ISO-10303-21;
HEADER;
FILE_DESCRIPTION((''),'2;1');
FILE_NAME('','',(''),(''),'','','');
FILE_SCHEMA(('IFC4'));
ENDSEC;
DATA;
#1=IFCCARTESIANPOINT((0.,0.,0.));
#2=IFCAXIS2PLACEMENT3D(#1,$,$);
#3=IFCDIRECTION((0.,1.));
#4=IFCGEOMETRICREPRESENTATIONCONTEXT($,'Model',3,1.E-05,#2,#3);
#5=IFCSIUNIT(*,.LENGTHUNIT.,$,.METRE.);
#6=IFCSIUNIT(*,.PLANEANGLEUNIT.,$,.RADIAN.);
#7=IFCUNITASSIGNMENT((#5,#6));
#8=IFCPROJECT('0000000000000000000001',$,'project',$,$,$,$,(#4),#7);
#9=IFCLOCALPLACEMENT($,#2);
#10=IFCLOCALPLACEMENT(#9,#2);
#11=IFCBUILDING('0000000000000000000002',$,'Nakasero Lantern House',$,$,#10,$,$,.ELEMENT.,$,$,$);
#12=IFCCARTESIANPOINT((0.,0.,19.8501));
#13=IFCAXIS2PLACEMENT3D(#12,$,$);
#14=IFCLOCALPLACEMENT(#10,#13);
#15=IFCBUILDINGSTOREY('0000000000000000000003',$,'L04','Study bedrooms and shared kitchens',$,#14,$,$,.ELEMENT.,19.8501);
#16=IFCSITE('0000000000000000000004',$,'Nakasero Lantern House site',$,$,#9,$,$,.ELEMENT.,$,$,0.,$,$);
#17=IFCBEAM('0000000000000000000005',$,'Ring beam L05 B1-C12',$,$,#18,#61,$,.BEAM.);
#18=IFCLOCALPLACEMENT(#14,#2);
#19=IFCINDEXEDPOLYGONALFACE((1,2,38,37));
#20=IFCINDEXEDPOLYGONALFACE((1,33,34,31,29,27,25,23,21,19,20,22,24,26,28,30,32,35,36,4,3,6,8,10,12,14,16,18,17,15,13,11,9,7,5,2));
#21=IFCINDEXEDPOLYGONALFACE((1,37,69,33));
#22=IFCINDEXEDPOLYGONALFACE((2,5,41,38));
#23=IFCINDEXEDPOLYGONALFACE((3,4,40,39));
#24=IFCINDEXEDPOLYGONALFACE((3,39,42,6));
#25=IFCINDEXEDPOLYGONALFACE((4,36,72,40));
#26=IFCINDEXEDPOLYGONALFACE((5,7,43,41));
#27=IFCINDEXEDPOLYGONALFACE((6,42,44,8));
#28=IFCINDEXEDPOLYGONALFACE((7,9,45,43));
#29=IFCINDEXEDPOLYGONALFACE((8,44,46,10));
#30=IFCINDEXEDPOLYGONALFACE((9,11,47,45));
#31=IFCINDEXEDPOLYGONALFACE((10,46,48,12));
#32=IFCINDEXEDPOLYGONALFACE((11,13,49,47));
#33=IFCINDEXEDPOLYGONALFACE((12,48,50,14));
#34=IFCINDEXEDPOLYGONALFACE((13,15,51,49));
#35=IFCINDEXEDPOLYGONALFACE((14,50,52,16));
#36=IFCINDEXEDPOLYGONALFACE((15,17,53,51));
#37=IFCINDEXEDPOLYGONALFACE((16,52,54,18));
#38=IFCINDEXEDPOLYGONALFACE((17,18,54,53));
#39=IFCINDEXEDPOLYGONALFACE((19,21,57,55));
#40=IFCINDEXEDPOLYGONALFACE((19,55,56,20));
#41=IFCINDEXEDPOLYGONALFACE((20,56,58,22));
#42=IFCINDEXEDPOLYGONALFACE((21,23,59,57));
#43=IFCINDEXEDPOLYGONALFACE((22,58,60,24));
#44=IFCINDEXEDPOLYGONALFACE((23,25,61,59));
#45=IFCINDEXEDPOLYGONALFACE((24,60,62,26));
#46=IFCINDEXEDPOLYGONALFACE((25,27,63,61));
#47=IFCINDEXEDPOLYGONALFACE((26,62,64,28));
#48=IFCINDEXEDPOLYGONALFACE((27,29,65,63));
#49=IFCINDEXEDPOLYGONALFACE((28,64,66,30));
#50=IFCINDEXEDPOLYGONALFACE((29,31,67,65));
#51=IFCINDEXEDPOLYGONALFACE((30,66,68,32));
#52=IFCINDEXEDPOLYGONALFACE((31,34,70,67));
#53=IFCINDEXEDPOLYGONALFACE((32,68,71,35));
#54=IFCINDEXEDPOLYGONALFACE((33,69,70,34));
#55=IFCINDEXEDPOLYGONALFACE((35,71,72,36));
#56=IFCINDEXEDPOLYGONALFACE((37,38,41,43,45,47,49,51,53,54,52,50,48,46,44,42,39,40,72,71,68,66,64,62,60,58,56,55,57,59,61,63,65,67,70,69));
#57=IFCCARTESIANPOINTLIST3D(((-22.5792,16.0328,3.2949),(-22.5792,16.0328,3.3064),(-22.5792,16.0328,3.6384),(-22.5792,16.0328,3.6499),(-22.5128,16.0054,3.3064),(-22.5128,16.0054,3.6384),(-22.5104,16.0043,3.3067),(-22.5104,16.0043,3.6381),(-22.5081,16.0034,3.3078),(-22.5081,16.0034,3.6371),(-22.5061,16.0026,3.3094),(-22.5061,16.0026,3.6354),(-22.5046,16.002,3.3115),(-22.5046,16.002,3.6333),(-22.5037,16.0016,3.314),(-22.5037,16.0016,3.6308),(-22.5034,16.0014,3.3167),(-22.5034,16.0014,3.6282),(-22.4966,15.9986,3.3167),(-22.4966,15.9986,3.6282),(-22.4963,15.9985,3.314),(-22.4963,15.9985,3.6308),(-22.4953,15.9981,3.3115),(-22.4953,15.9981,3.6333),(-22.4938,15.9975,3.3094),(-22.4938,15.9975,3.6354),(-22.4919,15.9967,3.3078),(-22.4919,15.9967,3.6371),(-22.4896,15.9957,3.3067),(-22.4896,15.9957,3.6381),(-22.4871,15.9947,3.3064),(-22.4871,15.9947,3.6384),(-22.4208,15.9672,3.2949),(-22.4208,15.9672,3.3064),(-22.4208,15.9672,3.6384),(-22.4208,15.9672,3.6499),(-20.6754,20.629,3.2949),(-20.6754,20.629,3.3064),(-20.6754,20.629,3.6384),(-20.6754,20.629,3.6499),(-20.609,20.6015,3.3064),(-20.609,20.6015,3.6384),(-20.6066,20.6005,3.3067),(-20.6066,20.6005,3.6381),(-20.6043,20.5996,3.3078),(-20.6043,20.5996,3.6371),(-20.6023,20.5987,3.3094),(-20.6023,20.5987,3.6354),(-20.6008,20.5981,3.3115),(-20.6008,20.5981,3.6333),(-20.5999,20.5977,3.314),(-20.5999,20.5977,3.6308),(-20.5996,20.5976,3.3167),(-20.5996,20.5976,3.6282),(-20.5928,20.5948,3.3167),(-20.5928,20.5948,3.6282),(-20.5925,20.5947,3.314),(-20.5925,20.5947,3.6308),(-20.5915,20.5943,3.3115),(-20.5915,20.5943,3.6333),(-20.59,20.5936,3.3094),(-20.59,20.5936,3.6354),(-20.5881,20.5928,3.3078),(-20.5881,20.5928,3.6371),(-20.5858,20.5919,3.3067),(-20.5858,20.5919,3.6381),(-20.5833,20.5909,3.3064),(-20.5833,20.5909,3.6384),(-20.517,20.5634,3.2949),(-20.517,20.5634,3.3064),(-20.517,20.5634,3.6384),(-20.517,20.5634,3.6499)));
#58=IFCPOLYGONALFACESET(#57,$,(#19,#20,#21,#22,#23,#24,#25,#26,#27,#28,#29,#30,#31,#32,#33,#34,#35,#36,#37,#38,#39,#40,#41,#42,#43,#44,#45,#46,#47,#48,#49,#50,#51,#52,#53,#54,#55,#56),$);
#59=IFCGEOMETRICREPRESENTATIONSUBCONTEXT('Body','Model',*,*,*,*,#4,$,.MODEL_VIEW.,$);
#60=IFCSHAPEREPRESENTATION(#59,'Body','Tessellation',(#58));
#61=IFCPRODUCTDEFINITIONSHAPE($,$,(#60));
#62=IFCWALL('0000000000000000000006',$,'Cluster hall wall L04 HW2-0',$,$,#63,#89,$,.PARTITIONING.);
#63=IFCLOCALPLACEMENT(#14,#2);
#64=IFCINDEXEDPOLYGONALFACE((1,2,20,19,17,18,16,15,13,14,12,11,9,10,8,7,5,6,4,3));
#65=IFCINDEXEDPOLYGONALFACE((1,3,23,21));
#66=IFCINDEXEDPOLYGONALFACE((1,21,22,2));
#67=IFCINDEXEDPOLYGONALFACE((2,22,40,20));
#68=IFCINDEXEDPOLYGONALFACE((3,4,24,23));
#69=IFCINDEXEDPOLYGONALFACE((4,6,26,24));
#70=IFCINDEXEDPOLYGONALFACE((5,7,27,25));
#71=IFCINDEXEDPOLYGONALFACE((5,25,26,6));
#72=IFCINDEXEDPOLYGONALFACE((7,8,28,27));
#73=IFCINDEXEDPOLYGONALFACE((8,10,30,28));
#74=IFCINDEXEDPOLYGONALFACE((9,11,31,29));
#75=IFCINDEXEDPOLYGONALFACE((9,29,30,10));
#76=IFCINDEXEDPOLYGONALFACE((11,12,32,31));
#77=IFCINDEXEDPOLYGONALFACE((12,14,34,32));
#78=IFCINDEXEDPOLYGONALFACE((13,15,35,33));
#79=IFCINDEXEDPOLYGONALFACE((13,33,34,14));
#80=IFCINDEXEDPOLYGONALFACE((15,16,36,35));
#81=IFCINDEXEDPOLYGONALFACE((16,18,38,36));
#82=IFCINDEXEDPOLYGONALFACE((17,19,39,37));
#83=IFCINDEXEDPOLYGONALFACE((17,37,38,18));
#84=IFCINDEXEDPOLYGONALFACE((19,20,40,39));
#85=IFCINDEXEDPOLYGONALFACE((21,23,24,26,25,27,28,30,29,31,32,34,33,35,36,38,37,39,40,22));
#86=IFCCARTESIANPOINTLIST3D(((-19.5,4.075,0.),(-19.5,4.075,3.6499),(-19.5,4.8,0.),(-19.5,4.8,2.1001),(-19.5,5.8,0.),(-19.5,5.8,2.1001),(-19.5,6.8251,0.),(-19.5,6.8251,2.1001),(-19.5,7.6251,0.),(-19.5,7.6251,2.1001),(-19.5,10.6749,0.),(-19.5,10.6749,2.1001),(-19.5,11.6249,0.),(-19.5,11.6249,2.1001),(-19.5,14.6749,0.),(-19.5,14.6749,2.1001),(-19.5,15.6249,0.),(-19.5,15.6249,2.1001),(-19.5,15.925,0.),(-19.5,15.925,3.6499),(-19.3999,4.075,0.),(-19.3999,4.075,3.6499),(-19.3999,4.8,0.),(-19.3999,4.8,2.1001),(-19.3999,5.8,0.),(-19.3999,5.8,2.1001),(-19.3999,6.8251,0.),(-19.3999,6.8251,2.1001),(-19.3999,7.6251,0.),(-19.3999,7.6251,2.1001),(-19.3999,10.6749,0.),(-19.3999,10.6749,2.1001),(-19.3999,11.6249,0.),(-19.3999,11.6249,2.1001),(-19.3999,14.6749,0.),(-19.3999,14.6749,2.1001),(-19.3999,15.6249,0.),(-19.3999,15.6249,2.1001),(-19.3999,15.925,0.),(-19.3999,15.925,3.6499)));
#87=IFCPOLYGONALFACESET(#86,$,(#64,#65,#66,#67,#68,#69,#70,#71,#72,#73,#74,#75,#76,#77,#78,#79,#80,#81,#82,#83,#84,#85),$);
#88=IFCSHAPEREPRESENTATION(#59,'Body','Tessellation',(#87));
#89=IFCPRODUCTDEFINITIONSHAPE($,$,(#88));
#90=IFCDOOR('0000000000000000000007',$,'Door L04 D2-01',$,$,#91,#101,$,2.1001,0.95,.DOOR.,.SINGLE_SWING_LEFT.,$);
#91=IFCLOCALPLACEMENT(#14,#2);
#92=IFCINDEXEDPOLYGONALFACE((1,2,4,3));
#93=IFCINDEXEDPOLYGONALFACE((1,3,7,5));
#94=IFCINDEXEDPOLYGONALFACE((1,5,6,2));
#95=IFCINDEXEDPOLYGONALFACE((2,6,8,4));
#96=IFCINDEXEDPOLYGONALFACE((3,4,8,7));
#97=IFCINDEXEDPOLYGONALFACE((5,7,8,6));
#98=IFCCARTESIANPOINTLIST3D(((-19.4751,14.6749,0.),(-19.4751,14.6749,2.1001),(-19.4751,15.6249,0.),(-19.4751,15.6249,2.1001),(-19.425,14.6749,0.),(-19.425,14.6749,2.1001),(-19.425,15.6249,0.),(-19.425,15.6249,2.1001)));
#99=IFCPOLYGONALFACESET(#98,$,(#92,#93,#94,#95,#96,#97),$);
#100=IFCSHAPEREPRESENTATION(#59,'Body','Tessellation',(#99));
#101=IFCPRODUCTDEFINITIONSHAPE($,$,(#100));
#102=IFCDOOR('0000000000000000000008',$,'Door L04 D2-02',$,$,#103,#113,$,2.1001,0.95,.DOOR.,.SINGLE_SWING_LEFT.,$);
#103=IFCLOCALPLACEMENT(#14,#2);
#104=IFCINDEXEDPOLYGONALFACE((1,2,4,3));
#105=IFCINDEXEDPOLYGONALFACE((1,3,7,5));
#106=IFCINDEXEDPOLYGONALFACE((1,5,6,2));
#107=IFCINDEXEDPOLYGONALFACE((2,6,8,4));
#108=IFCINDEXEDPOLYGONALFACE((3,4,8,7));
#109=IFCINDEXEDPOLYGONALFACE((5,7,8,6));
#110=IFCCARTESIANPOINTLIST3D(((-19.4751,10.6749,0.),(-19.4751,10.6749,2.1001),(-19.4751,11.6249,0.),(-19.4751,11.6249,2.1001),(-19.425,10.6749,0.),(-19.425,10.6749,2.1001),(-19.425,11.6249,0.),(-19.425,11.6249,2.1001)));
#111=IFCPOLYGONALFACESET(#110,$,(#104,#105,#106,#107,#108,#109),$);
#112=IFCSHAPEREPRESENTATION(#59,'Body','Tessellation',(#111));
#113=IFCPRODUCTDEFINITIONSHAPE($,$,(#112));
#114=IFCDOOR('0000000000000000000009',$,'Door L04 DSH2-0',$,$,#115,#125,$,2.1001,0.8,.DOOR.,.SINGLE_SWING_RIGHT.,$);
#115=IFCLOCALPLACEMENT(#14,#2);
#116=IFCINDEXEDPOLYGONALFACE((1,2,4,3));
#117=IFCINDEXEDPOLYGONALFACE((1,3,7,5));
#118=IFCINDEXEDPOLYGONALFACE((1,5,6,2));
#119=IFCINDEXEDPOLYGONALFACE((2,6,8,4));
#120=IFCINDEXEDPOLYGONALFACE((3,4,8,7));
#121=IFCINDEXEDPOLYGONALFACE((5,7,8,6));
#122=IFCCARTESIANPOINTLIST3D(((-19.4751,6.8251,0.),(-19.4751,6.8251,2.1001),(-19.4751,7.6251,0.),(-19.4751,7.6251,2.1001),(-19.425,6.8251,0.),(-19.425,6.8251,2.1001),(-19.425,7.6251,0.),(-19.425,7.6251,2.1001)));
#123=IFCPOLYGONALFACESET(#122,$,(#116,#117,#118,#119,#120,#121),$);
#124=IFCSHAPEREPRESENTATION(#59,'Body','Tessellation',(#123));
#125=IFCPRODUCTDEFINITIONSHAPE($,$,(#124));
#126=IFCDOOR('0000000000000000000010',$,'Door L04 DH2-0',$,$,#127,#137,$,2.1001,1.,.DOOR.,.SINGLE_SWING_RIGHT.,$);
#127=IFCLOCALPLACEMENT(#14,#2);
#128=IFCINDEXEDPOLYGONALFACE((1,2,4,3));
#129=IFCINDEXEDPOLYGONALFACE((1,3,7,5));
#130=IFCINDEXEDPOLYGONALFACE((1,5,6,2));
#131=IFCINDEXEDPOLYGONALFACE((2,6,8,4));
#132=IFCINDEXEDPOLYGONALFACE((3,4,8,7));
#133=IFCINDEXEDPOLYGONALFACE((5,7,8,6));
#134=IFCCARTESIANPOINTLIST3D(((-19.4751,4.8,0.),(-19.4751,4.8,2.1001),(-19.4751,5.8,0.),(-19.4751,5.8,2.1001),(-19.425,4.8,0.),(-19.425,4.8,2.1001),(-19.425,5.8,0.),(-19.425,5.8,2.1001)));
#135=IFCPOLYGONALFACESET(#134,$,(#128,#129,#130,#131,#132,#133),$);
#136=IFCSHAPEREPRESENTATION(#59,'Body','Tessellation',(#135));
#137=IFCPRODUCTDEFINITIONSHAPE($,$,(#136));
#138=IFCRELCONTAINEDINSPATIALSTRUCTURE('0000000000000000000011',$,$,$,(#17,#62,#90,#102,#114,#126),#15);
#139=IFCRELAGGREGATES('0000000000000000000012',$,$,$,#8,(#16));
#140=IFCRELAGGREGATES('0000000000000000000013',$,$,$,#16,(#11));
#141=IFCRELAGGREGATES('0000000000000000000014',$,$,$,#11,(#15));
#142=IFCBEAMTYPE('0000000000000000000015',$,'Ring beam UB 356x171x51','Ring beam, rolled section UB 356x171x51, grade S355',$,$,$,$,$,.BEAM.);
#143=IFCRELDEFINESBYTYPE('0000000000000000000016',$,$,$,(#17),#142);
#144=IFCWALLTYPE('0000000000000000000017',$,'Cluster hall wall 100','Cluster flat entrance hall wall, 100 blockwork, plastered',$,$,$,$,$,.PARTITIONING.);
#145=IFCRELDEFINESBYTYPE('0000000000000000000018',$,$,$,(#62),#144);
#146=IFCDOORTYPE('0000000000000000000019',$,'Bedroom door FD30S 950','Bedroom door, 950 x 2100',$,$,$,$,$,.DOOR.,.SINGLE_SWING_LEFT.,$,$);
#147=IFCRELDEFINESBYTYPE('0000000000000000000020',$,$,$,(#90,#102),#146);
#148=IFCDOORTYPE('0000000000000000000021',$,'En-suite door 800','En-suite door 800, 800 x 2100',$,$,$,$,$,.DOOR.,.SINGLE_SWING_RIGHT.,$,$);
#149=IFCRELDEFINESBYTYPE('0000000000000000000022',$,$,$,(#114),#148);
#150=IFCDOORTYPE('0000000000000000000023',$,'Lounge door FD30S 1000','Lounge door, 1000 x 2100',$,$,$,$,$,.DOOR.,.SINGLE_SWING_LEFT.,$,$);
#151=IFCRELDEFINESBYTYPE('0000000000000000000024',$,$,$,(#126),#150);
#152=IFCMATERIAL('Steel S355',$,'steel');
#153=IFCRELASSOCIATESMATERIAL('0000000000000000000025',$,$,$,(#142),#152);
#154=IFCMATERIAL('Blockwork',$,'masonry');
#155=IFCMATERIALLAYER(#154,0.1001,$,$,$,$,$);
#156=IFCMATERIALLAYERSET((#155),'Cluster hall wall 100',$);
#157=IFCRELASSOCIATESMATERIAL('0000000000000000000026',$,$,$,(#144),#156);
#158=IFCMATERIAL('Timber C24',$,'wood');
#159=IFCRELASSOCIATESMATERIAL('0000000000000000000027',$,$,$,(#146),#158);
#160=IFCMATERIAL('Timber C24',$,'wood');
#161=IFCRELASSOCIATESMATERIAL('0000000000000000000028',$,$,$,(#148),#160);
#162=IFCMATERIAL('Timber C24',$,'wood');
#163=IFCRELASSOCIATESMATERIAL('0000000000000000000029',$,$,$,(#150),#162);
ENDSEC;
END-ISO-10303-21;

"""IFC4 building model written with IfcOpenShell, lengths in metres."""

from ifc_helpers import new_model, si_unit, direction, frame, frame_2d, origin, origin_2d, place, context, subcontext, project, spatial, rectangle, i_section, extrude, material, layer, layer_set, material_profile, profile_set, type_object, element, fill, save


model = new_model("IFC4")

# Units and contexts
model_context = context("Model", 3, precision=1e-05, world=origin(), true_north=direction((0.0, 1.0)))
body_context = subcontext(model_context, "Body", "Model", "MODEL_VIEW")
ifc_project = project(units=[si_unit("LENGTHUNIT", "METRE"), si_unit("PLANEANGLEUNIT", "RADIAN")], contexts=[model_context])

# Site, building, storey
site_placement = place(None, origin())
site = spatial("IfcSite", under=ifc_project, at=site_placement, Name="Nakasero Lantern House site", CompositionType="ELEMENT", RefElevation=0.0)
building_placement = place(site_placement, origin())
building = spatial("IfcBuilding", under=site, at=building_placement, Name="Nakasero Lantern House", CompositionType="ELEMENT")
storey_placement = place(building_placement, frame((0.0, 0.0, 19.8501)))
storey = spatial("IfcBuildingStorey", under=building, at=storey_placement, Name="L04", Description="Study bedrooms and shared kitchens", CompositionType="ELEMENT", Elevation=19.8501)

# Beam
ifc_material_1 = material(Name="Steel S355", Category="steel")
ifc_material_profile_1 = material_profile(ifc_material_1, i_section(OverallWidth=0.1714, OverallDepth=0.355, WebThickness=0.0073, FlangeThickness=0.0115, FilletRadius=0.0103, at=origin_2d()), Name="UB 356x171x51")
ifc_profile_set_1 = profile_set([ifc_material_profile_1], Name="Steel S355")
beam_type_1 = type_object("IfcBeamType", Name="Ring beam UB 356x171x51", Description="Ring beam, rolled section UB 356x171x51, grade S355", PredefinedType="BEAM", material=ifc_profile_set_1)
for number, where, z_axis, x_axis, name in (
    (1, (-20.5962, 20.5962, 3.4724), (-0.382684, -0.923879, 0.0), (0.923879, -0.382684, 0.0), "Ring beam L05 B1-C12"),
):
    element("IfcBeam", number, at=place(storey_placement, frame(where, z_axis=z_axis, x_axis=x_axis)), inside=storey, type_object=beam_type_1, Name=name, PredefinedType="BEAM", context=body_context, shape_type="SweptSolid", body=[
        extrude(i_section(OverallWidth=0.1714, OverallDepth=0.355, WebThickness=0.0073, FlangeThickness=0.0115, FilletRadius=0.0103, at=origin_2d()), origin(), (0.0, 0.0, 1.0), 4.9749),
    ])

# Wall, openings, doors
ifc_material_2 = material(Name="Blockwork", Category="masonry")
ifc_layer_1 = layer(ifc_material_2, 0.1001)
ifc_layer_set_1 = layer_set([ifc_layer_1], Name="Cluster hall wall 100")
wall_type_1 = type_object("IfcWallType", Name="Cluster hall wall 100", Description="Cluster flat entrance hall wall, 100 blockwork, plastered", PredefinedType="PARTITIONING", material=ifc_layer_set_1)
wall_1_placement = place(storey_placement, frame((-19.45, 15.925, 0.0), z_axis=(0.0, 0.0, 1.0), x_axis=(0.0, -1.0, 0.0)))
wall_1 = element("IfcWall", 2, at=wall_1_placement, inside=storey, type_object=wall_type_1, Name="Cluster hall wall L04 HW2-0", PredefinedType="PARTITIONING", context=body_context, shape_type="SweptSolid", body=[
    extrude(rectangle(XDim=11.8501, YDim=0.1001, at=frame_2d((5.925, 0.0))), origin(), (0.0, 0.0, 1.0), 3.6499),
])
opening_1_placement = place(wall_1_placement, frame((10.125, 0.0, 0.0)))
opening_1 = element("IfcOpeningElement", 3, at=opening_1_placement, cuts=wall_1, PredefinedType="OPENING", context=body_context, shape_type="SweptSolid", body=[
    extrude(rectangle(XDim=1.0, YDim=2.1001, at=frame_2d((0.5, 1.05))), frame((0.0, 0.0701, 0.0), z_axis=(0.0, -1.0, 0.0), x_axis=(1.0, 0.0, 0.0)), (0.0, 0.0, 1.0), 0.1401),
])
opening_2_placement = place(wall_1_placement, frame((8.3, 0.0, 0.0)))
opening_2 = element("IfcOpeningElement", 4, at=opening_2_placement, cuts=wall_1, PredefinedType="OPENING", context=body_context, shape_type="SweptSolid", body=[
    extrude(rectangle(XDim=0.8, YDim=2.1001, at=frame_2d((0.3999, 1.05))), frame((0.0, 0.0701, 0.0), z_axis=(0.0, -1.0, 0.0), x_axis=(1.0, 0.0, 0.0)), (0.0, 0.0, 1.0), 0.1401),
])
opening_3_placement = place(wall_1_placement, frame((0.3, 0.0, 0.0)))
opening_3 = element("IfcOpeningElement", 5, at=opening_3_placement, cuts=wall_1, PredefinedType="OPENING", context=body_context, shape_type="SweptSolid", body=[
    extrude(rectangle(XDim=0.95, YDim=2.1001, at=frame_2d((0.4751, 1.05))), frame((0.0, 0.0701, 0.0), z_axis=(0.0, -1.0, 0.0), x_axis=(1.0, 0.0, 0.0)), (0.0, 0.0, 1.0), 0.1401),
])
opening_4_placement = place(wall_1_placement, frame((4.3, 0.0, 0.0)))
opening_4 = element("IfcOpeningElement", 6, at=opening_4_placement, cuts=wall_1, PredefinedType="OPENING", context=body_context, shape_type="SweptSolid", body=[
    extrude(rectangle(XDim=0.95, YDim=2.1001, at=frame_2d((0.4751, 1.05))), frame((0.0, 0.0701, 0.0), z_axis=(0.0, -1.0, 0.0), x_axis=(1.0, 0.0, 0.0)), (0.0, 0.0, 1.0), 0.1401),
])
ifc_material_3 = material(Name="Timber C24", Category="wood")
door_type_1 = type_object("IfcDoorType", Name="Bedroom door FD30S 950", Description="Bedroom door, 950 x 2100", OperationType="SINGLE_SWING_LEFT", PredefinedType="DOOR", material=ifc_material_3)
door_1_placement = place(opening_3_placement, origin())
door_1 = element("IfcDoor", 7, at=door_1_placement, inside=storey, type_object=door_type_1, Name="Door L04 D2-01", OperationType="SINGLE_SWING_LEFT", OverallHeight=2.1001, OverallWidth=0.95, PredefinedType="DOOR", context=body_context, shape_type="SweptSolid", body=[
    extrude(rectangle(XDim=0.95, YDim=2.1001, at=frame_2d((0.4751, 1.05))), frame((0.0, 0.0249, 0.0), z_axis=(0.0, -1.0, 0.0), x_axis=(1.0, 0.0, 0.0)), (0.0, 0.0, 1.0), 0.05),
])
fill(opening_3, door_1)
door_2_placement = place(opening_4_placement, origin())
door_2 = element("IfcDoor", 8, at=door_2_placement, inside=storey, type_object=door_type_1, Name="Door L04 D2-02", OperationType="SINGLE_SWING_LEFT", OverallHeight=2.1001, OverallWidth=0.95, PredefinedType="DOOR", context=body_context, shape_type="SweptSolid", body=[
    extrude(rectangle(XDim=0.95, YDim=2.1001, at=frame_2d((0.4751, 1.05))), frame((0.0, 0.0249, 0.0), z_axis=(0.0, -1.0, 0.0), x_axis=(1.0, 0.0, 0.0)), (0.0, 0.0, 1.0), 0.05),
])
fill(opening_4, door_2)
ifc_material_4 = material(Name="Timber C24", Category="wood")
door_type_2 = type_object("IfcDoorType", Name="En-suite door 800", Description="En-suite door 800, 800 x 2100", OperationType="SINGLE_SWING_RIGHT", PredefinedType="DOOR", material=ifc_material_4)
door_3_placement = place(opening_2_placement, origin())
door_3 = element("IfcDoor", 9, at=door_3_placement, inside=storey, type_object=door_type_2, Name="Door L04 DSH2-0", OperationType="SINGLE_SWING_RIGHT", OverallHeight=2.1001, OverallWidth=0.8, PredefinedType="DOOR", context=body_context, shape_type="SweptSolid", body=[
    extrude(rectangle(XDim=0.8, YDim=2.1001, at=frame_2d((0.3999, 1.05))), frame((0.0, 0.0249, 0.0), z_axis=(0.0, -1.0, 0.0), x_axis=(1.0, 0.0, 0.0)), (0.0, 0.0, 1.0), 0.05),
])
fill(opening_2, door_3)
ifc_material_5 = material(Name="Timber C24", Category="wood")
door_type_3 = type_object("IfcDoorType", Name="Lounge door FD30S 1000", Description="Lounge door, 1000 x 2100", OperationType="SINGLE_SWING_LEFT", PredefinedType="DOOR", material=ifc_material_5)
door_4_placement = place(opening_1_placement, origin())
door_4 = element("IfcDoor", 10, at=door_4_placement, inside=storey, type_object=door_type_3, Name="Door L04 DH2-0", OperationType="SINGLE_SWING_RIGHT", OverallHeight=2.1001, OverallWidth=1.0, PredefinedType="DOOR", context=body_context, shape_type="SweptSolid", body=[
    extrude(rectangle(XDim=1.0, YDim=2.1001, at=frame_2d((0.5, 1.05))), frame((0.0, 0.0249, 0.0), z_axis=(0.0, -1.0, 0.0), x_axis=(1.0, 0.0, 0.0)), (0.0, 0.0, 1.0), 0.05),
])
fill(opening_1, door_4)

save(model, "model.ifc")
